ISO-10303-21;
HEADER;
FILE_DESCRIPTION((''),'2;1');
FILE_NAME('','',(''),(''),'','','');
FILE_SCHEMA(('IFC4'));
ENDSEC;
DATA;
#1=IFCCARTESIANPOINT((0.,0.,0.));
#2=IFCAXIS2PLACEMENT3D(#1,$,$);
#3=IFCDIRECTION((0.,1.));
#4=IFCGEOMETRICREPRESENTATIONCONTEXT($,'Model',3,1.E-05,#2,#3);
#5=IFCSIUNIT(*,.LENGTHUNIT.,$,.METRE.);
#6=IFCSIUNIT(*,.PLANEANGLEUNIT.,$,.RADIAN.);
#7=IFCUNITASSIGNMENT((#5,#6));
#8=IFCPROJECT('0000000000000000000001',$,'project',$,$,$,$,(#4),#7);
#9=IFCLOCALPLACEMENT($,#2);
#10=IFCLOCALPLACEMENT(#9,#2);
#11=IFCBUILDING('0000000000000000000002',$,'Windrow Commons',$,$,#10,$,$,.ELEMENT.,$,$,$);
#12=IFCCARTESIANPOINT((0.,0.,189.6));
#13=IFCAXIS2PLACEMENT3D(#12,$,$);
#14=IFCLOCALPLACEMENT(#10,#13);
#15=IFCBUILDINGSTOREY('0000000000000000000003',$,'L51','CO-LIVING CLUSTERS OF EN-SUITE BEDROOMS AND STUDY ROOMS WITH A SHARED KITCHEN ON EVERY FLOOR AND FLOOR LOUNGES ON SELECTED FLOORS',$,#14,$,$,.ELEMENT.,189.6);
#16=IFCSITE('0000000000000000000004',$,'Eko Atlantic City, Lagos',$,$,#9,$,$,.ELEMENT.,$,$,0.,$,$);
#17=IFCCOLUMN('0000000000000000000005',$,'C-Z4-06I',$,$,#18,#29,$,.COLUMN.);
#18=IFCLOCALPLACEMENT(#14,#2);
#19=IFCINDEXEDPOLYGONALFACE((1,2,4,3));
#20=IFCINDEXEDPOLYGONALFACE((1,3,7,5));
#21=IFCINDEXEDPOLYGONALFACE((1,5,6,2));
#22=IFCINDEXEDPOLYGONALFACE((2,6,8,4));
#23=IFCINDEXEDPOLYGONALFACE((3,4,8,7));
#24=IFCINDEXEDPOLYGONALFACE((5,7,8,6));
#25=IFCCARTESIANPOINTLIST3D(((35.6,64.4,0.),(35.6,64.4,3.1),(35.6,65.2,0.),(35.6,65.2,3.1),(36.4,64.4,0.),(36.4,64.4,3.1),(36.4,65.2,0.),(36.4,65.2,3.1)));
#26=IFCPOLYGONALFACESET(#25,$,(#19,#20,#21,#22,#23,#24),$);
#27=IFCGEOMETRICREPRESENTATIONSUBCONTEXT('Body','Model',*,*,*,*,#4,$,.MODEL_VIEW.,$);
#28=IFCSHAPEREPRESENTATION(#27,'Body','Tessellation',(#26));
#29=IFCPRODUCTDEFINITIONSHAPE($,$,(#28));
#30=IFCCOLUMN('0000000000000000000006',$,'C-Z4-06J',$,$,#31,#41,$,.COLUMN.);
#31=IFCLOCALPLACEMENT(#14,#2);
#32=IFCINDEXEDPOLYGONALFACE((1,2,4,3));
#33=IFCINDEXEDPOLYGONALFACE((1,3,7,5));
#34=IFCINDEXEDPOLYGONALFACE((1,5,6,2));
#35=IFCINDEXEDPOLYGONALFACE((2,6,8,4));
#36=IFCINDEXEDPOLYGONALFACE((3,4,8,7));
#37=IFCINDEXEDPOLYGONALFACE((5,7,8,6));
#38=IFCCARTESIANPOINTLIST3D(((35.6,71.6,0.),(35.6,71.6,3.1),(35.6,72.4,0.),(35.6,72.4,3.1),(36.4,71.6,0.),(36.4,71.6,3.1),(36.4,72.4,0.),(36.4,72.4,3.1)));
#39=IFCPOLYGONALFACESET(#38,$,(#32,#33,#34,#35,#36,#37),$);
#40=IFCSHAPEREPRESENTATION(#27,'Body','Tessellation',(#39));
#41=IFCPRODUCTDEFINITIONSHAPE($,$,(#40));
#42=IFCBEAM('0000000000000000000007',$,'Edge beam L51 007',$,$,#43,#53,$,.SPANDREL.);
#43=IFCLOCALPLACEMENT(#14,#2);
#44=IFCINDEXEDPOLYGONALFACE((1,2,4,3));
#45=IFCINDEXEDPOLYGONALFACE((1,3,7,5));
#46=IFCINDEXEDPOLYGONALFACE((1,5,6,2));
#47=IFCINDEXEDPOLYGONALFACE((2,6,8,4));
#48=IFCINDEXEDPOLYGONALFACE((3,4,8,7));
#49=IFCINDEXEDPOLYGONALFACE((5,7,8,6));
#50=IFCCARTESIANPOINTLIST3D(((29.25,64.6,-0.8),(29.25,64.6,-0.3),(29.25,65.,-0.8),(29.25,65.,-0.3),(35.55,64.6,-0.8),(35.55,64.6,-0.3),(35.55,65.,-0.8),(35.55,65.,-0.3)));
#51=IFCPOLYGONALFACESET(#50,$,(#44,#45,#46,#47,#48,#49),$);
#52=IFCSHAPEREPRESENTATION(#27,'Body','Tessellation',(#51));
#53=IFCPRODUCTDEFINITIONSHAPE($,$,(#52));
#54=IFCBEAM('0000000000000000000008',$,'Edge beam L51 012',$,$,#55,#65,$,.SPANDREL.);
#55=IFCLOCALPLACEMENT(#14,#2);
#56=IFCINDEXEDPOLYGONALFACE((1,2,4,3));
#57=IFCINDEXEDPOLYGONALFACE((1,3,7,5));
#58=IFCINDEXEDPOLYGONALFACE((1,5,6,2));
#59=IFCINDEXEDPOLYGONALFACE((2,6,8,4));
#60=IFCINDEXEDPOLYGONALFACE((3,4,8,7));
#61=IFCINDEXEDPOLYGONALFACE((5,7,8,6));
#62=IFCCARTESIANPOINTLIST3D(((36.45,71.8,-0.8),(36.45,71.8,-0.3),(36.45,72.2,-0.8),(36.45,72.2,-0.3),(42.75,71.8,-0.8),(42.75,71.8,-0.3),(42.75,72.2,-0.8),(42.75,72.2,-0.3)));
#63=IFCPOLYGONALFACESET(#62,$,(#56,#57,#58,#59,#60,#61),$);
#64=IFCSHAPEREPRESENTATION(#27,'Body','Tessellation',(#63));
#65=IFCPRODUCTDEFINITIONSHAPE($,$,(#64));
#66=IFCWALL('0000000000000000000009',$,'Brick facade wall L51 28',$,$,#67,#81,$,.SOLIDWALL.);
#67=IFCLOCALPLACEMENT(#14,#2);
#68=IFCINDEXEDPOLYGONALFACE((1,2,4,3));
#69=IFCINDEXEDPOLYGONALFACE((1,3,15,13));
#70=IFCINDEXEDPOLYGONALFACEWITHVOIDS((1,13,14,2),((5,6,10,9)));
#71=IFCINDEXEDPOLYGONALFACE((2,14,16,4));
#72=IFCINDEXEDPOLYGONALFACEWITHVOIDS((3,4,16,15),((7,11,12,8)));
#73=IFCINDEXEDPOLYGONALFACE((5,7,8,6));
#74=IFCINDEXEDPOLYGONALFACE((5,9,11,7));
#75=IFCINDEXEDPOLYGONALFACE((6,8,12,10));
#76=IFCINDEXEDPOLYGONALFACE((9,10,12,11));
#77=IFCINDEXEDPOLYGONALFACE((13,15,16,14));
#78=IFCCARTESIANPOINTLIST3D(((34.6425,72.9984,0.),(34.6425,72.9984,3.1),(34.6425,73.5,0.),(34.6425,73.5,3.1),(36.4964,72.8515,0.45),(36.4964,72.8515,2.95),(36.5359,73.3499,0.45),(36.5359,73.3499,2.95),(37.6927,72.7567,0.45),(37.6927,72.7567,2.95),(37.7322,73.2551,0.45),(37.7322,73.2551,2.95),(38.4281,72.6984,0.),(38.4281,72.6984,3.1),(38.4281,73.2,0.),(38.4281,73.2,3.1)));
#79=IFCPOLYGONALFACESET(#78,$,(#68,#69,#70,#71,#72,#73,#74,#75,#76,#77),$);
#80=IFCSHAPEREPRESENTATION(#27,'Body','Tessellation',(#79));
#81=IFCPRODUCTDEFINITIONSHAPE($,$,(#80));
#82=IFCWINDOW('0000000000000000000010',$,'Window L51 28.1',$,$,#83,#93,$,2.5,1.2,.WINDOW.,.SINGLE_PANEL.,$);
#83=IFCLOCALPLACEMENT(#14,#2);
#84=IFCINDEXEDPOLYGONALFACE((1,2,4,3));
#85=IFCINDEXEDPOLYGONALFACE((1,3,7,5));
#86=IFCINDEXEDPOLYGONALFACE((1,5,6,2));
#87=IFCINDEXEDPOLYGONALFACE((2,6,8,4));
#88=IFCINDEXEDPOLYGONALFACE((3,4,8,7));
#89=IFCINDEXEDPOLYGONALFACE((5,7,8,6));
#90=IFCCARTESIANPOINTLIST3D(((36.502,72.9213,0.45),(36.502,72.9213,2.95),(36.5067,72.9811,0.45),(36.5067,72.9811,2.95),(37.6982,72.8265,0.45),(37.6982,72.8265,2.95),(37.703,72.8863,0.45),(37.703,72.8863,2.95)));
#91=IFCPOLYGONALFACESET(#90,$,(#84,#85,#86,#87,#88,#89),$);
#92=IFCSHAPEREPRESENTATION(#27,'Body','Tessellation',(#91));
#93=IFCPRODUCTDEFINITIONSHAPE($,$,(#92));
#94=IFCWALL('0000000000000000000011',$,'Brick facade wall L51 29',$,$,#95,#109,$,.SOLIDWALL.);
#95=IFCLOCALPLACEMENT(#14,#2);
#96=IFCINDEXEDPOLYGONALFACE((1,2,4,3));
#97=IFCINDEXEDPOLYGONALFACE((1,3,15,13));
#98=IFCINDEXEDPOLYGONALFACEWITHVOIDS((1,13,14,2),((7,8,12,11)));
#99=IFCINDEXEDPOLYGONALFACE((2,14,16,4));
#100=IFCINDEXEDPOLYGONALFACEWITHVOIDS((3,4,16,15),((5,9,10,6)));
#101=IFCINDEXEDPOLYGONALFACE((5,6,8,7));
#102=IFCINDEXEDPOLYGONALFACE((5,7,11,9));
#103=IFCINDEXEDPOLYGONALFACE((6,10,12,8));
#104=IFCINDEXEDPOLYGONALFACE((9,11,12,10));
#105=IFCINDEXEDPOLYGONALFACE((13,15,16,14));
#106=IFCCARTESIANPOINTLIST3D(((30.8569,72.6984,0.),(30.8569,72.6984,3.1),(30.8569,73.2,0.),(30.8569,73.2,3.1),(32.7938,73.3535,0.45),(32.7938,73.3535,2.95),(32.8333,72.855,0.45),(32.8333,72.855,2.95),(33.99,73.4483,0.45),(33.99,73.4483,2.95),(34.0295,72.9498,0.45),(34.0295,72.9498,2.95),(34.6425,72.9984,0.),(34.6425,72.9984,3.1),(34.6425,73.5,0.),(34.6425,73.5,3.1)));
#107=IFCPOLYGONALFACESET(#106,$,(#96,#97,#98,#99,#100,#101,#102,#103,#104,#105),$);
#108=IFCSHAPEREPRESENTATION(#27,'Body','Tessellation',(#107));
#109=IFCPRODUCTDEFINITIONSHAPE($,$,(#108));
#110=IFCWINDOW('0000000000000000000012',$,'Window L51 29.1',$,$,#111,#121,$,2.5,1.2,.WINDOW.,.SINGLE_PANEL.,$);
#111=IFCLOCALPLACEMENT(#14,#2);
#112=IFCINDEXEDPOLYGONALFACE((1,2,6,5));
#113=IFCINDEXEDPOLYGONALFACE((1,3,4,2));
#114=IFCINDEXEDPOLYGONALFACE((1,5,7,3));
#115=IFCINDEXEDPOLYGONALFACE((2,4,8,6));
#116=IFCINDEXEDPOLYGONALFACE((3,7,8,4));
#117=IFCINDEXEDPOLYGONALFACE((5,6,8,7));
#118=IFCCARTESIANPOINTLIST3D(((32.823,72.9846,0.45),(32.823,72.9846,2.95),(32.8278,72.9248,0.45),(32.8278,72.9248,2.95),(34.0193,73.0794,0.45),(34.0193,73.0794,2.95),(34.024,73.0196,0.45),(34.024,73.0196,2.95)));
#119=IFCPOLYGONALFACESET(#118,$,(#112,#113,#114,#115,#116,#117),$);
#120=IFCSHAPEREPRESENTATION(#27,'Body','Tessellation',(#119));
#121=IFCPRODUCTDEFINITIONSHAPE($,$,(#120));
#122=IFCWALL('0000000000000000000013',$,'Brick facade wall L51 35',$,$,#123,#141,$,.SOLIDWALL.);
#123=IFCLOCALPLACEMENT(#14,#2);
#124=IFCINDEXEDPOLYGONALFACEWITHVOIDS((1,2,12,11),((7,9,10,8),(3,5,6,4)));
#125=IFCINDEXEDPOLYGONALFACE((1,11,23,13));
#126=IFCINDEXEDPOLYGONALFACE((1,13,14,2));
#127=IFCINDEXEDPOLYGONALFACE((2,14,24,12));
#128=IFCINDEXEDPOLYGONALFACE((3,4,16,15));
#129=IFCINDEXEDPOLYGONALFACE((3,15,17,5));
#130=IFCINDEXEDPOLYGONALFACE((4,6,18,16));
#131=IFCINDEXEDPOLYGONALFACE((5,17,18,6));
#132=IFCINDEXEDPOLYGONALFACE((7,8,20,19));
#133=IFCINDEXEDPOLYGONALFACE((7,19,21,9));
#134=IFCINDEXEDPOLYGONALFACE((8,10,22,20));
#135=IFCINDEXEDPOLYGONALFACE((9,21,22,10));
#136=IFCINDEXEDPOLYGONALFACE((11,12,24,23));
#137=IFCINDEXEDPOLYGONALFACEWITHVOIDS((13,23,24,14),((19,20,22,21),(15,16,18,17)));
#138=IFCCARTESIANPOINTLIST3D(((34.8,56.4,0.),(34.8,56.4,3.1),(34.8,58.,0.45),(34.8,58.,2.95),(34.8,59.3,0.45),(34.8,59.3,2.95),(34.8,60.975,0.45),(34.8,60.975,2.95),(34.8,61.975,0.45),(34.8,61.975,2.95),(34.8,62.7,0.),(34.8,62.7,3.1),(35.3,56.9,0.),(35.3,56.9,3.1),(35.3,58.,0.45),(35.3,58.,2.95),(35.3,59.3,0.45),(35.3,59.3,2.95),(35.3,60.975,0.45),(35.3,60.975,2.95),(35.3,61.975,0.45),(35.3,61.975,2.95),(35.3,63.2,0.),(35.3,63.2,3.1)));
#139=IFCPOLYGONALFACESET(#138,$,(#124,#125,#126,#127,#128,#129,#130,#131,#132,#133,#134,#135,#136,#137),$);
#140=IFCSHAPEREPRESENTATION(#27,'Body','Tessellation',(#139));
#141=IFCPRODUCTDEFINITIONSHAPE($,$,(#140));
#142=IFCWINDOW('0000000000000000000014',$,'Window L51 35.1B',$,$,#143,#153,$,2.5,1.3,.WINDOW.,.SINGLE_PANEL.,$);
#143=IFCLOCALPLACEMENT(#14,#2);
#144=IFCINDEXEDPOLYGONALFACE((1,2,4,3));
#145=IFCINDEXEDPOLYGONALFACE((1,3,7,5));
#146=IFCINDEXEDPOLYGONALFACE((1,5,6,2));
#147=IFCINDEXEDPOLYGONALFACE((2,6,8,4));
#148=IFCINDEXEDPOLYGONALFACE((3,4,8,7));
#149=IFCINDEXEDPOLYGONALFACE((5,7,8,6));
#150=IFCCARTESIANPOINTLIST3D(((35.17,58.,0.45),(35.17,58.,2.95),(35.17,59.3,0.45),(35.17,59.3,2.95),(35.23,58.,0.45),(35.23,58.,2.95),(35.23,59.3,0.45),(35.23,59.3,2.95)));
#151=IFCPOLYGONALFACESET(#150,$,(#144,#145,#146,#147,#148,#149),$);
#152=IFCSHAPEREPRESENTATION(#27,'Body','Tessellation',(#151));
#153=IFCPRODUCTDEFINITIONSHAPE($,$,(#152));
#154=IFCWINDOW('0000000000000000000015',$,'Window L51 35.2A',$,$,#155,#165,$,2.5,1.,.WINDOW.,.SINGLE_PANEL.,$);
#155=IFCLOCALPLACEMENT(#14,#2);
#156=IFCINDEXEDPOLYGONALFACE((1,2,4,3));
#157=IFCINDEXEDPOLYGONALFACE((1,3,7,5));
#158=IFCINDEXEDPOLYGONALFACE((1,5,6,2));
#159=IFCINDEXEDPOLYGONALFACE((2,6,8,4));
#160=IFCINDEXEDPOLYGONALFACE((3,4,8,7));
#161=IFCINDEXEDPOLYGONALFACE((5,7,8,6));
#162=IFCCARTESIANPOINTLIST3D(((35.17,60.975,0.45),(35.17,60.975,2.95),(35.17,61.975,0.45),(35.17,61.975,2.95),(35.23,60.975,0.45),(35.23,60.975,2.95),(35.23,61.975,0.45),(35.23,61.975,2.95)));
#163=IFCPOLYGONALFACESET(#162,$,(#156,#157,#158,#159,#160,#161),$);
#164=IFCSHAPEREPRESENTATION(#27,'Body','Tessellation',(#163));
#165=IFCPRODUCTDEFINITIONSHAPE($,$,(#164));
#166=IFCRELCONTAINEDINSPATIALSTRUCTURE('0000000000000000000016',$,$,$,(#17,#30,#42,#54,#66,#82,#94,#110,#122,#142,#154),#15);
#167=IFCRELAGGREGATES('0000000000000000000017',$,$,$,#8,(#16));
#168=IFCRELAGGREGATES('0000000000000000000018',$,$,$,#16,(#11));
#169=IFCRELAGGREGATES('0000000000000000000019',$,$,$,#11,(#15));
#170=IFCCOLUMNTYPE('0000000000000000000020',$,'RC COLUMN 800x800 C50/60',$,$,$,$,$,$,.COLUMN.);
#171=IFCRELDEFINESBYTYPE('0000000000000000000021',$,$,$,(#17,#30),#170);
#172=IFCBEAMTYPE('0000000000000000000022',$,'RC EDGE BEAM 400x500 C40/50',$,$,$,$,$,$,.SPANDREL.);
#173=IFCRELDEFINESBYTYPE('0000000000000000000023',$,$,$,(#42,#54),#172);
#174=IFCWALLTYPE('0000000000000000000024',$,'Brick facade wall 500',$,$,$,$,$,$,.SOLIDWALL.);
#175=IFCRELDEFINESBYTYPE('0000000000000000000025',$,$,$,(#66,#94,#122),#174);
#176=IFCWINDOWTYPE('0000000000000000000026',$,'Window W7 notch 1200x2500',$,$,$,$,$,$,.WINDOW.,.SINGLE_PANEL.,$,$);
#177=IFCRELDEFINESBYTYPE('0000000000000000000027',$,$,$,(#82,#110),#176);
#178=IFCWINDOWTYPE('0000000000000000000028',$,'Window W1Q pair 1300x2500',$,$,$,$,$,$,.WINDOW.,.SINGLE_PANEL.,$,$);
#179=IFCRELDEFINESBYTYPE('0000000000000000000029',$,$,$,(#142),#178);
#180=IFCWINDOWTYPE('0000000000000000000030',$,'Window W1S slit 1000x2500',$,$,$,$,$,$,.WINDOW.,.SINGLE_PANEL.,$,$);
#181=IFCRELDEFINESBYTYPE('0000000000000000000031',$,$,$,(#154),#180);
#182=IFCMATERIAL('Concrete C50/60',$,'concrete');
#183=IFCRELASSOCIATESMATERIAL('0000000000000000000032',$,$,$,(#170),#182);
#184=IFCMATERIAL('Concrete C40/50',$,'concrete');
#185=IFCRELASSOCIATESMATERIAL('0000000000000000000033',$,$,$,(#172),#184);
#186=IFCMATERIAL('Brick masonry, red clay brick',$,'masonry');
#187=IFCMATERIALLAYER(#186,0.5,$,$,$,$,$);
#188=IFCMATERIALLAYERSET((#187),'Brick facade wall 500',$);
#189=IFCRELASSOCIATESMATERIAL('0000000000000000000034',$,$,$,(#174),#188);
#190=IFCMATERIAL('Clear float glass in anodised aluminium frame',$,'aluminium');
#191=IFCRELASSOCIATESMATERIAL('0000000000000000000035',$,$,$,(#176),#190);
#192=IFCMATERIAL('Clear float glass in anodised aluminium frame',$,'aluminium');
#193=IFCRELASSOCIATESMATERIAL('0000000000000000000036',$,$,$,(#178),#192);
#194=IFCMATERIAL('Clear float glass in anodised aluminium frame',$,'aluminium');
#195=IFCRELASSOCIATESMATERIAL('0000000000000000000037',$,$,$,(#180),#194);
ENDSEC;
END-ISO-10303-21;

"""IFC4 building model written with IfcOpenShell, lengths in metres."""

from ifc_helpers import new_model, si_unit, direction, frame, frame_2d, origin, origin_2d, place, context, subcontext, project, spatial, polyline, rectangle, outline, extrude, material, layer, layer_set, material_profile, profile_set, type_object, element, fill, save


model = new_model("IFC4")

# Units and contexts
model_context = context("Model", 3, precision=1e-05, world=origin(), true_north=direction((0.0, 1.0)))
body_context = subcontext(model_context, "Body", "Model", "MODEL_VIEW")
ifc_project = project(units=[si_unit("LENGTHUNIT", "METRE"), si_unit("PLANEANGLEUNIT", "RADIAN")], contexts=[model_context])

# Site, building, storey
site_placement = place(None, origin())
site = spatial("IfcSite", under=ifc_project, at=site_placement, Name="Eko Atlantic City, Lagos", CompositionType="ELEMENT", RefElevation=0.0)
building_placement = place(site_placement, origin())
building = spatial("IfcBuilding", under=site, at=building_placement, Name="Windrow Commons", CompositionType="ELEMENT")
storey_placement = place(building_placement, frame((0.0, 0.0, 189.6)))
storey = spatial("IfcBuildingStorey", under=building, at=storey_placement, Name="L51", Description="CO-LIVING CLUSTERS OF EN-SUITE BEDROOMS AND STUDY ROOMS WITH A SHARED KITCHEN ON EVERY FLOOR AND FLOOR LOUNGES ON SELECTED FLOORS", CompositionType="ELEMENT", Elevation=189.6)

# Columns
ifc_material_1 = material(Name="Concrete C50/60", Category="concrete")
ifc_material_profile_1 = material_profile(ifc_material_1, rectangle(XDim=0.8, YDim=0.8, at=origin_2d()))
ifc_profile_set_1 = profile_set([ifc_material_profile_1], Name="Concrete C50/60")
column_type = type_object("IfcColumnType", Name="RC COLUMN 800x800 C50/60", PredefinedType="COLUMN", material=ifc_profile_set_1)
for number, where, z_axis, x_axis, name in (
    (1, (36.0, 64.8, 0.0), (0.0, 0.0, 1.0), (1.0, 0.0, 0.0), "C-Z4-06I"),
    (2, (36.0, 72.0, 0.0), (0.0, 0.0, 1.0), (1.0, 0.0, 0.0), "C-Z4-06J"),
):
    element("IfcColumn", number, at=place(storey_placement, frame(where, z_axis=z_axis, x_axis=x_axis)), inside=storey, type_object=column_type, Name=name, PredefinedType="COLUMN", context=body_context, shape_type="SweptSolid", body=[
        extrude(rectangle(XDim=0.8, YDim=0.8, at=origin_2d()), origin(), (0.0, 0.0, 1.0), 3.1),
    ])

# Beams
ifc_material_2 = material(Name="Concrete C40/50", Category="concrete")
ifc_material_profile_2 = material_profile(ifc_material_2, rectangle(XDim=0.4, YDim=0.5, at=origin_2d()))
ifc_profile_set_2 = profile_set([ifc_material_profile_2], Name="Concrete C40/50")
beam_type = type_object("IfcBeamType", Name="RC EDGE BEAM 400x500 C40/50", PredefinedType="SPANDREL", material=ifc_profile_set_2)
for number, where, z_axis, x_axis, name in (
    (3, (35.55, 64.8, -0.55), (-1.0, 0.0, 0.0), (0.0, -1.0, 0.0), "Edge beam L51 007"),
    (4, (36.45, 72.0, -0.55), (1.0, 0.0, 0.0), (0.0, 1.0, 0.0), "Edge beam L51 012"),
):
    element("IfcBeam", number, at=place(storey_placement, frame(where, z_axis=z_axis, x_axis=x_axis)), inside=storey, type_object=beam_type, Name=name, PredefinedType="SPANDREL", context=body_context, shape_type="SweptSolid", body=[
        extrude(rectangle(XDim=0.4, YDim=0.5, at=origin_2d()), origin(), (0.0, 0.0, 1.0), 6.3),
    ])

# Walls, openings, windows
ifc_material_3 = material(Name="Brick masonry, red clay brick", Category="masonry")
ifc_layer_1 = layer(ifc_material_3, 0.5)
ifc_layer_set_1 = layer_set([ifc_layer_1], Name="Brick facade wall 500")
wall_type_1 = type_object("IfcWallType", Name="Brick facade wall 500", PredefinedType="SOLIDWALL", material=ifc_layer_set_1)
wall_1_placement = place(storey_placement, frame((38.4281, 72.9492, 0.0), z_axis=(0.0, 0.0, 1.0), x_axis=(-0.996875, 0.079, 0.0)))
wall_1 = element("IfcWall", 5, at=wall_1_placement, inside=storey, type_object=wall_type_1, Name="Brick facade wall L51 28", PredefinedType="SOLIDWALL", context=body_context, shape_type="SweptSolid", body=[
    extrude(outline(polyline([(0.0198, -0.25), (3.8173, -0.25), (3.7777, 0.25), (-0.0198, 0.25), (0.0198, -0.25)])), origin(), (0.0, 0.0, 1.0), 3.1),
])
opening_1_placement = place(wall_1_placement, frame((0.7179, 0.0, 0.45)))
opening_1 = element("IfcOpeningElement", 6, at=opening_1_placement, cuts=wall_1, PredefinedType="OPENING", context=body_context, shape_type="SweptSolid", body=[
    extrude(rectangle(XDim=1.2, YDim=2.5, at=frame_2d((0.6, 1.25))), frame((0.0, 0.26, 0.0), z_axis=(0.0, -1.0, 0.0), x_axis=(1.0, 0.0, 0.0)), (0.0, 0.0, 1.0), 0.52),
])
ifc_material_4 = material(Name="Clear float glass in anodised aluminium frame", Category="aluminium")
window_type_1 = type_object("IfcWindowType", Name="Window W7 notch 1200x2500", PartitioningType="SINGLE_PANEL", PredefinedType="WINDOW", material=ifc_material_4)
window_1_placement = place(opening_1_placement, origin())
window_1 = element("IfcWindow", 7, at=window_1_placement, inside=storey, type_object=window_type_1, Name="Window L51 28.1", OverallHeight=2.5, OverallWidth=1.2, PartitioningType="SINGLE_PANEL", PredefinedType="WINDOW", context=body_context, shape_type="SweptSolid", body=[
    extrude(rectangle(XDim=1.2, YDim=2.5, at=frame_2d((0.6, 1.25))), frame((0.0, 0.18, 0.0), z_axis=(0.0, -1.0, 0.0), x_axis=(1.0, 0.0, 0.0)), (0.0, 0.0, 1.0), 0.06),
])
fill(opening_1, window_1)
wall_2_placement = place(storey_placement, frame((34.6425, 73.2492, 0.0), z_axis=(0.0, 0.0, 1.0), x_axis=(-0.996875, -0.079, 0.0)))
wall_2 = element("IfcWall", 8, at=wall_2_placement, inside=storey, type_object=wall_type_1, Name="Brick facade wall L51 29", PredefinedType="SOLIDWALL", context=body_context, shape_type="SweptSolid", body=[
    extrude(outline(polyline([(-0.0198, -0.25), (3.7777, -0.25), (3.8173, 0.25), (0.0198, 0.25), (-0.0198, -0.25)])), origin(), (0.0, 0.0, 1.0), 3.1),
])
opening_2_placement = place(wall_2_placement, frame((0.6347, 0.0, 0.45)))
opening_2 = element("IfcOpeningElement", 9, at=opening_2_placement, cuts=wall_2, PredefinedType="OPENING", context=body_context, shape_type="SweptSolid", body=[
    extrude(rectangle(XDim=1.2, YDim=2.5, at=frame_2d((0.6, 1.25))), frame((0.0, 0.26, 0.0), z_axis=(0.0, -1.0, 0.0), x_axis=(1.0, 0.0, 0.0)), (0.0, 0.0, 1.0), 0.52),
])
window_2_placement = place(opening_2_placement, origin())
window_2 = element("IfcWindow", 10, at=window_2_placement, inside=storey, type_object=window_type_1, Name="Window L51 29.1", OverallHeight=2.5, OverallWidth=1.2, PartitioningType="SINGLE_PANEL", PredefinedType="WINDOW", context=body_context, shape_type="SweptSolid", body=[
    extrude(rectangle(XDim=1.2, YDim=2.5, at=frame_2d((0.6, 1.25))), frame((0.0, 0.18, 0.0), z_axis=(0.0, -1.0, 0.0), x_axis=(1.0, 0.0, 0.0)), (0.0, 0.0, 1.0), 0.06),
])
fill(opening_2, window_2)

# Wall, openings, windows
wall_3_placement = place(storey_placement, frame((35.05, 62.95, 0.0), z_axis=(0.0, 0.0, 1.0), x_axis=(0.0, -1.0, 0.0)))
wall_3 = element("IfcWall", 11, at=wall_3_placement, inside=storey, type_object=wall_type_1, Name="Brick facade wall L51 35", PredefinedType="SOLIDWALL", context=body_context, shape_type="SweptSolid", body=[
    extrude(outline(polyline([(0.25, -0.25), (6.55, -0.25), (6.05, 0.25), (-0.25, 0.25), (0.25, -0.25)])), origin(), (0.0, 0.0, 1.0), 3.1),
])
opening_3_placement = place(wall_3_placement, frame((3.65, 0.0, 0.45)))
opening_3 = element("IfcOpeningElement", 12, at=opening_3_placement, cuts=wall_3, PredefinedType="OPENING", context=body_context, shape_type="SweptSolid", body=[
    extrude(rectangle(XDim=1.3, YDim=2.5, at=frame_2d((0.65, 1.25))), frame((0.0, 0.26, 0.0), z_axis=(0.0, -1.0, 0.0), x_axis=(1.0, 0.0, 0.0)), (0.0, 0.0, 1.0), 0.52),
])
opening_4_placement = place(wall_3_placement, frame((0.975, 0.0, 0.45)))
opening_4 = element("IfcOpeningElement", 13, at=opening_4_placement, cuts=wall_3, PredefinedType="OPENING", context=body_context, shape_type="SweptSolid", body=[
    extrude(rectangle(XDim=1.0, YDim=2.5, at=frame_2d((0.5, 1.25))), frame((0.0, 0.26, 0.0), z_axis=(0.0, -1.0, 0.0), x_axis=(1.0, 0.0, 0.0)), (0.0, 0.0, 1.0), 0.52),
])
ifc_material_5 = material(Name="Clear float glass in anodised aluminium frame", Category="aluminium")
window_type_2 = type_object("IfcWindowType", Name="Window W1Q pair 1300x2500", PartitioningType="SINGLE_PANEL", PredefinedType="WINDOW", material=ifc_material_5)
window_3_placement = place(opening_3_placement, origin())
window_3 = element("IfcWindow", 14, at=window_3_placement, inside=storey, type_object=window_type_2, Name="Window L51 35.1B", OverallHeight=2.5, OverallWidth=1.3, PartitioningType="SINGLE_PANEL", PredefinedType="WINDOW", context=body_context, shape_type="SweptSolid", body=[
    extrude(rectangle(XDim=1.3, YDim=2.5, at=frame_2d((0.65, 1.25))), frame((0.0, 0.18, 0.0), z_axis=(0.0, -1.0, 0.0), x_axis=(1.0, 0.0, 0.0)), (0.0, 0.0, 1.0), 0.06),
])
fill(opening_3, window_3)
ifc_material_6 = material(Name="Clear float glass in anodised aluminium frame", Category="aluminium")
window_type_3 = type_object("IfcWindowType", Name="Window W1S slit 1000x2500", PartitioningType="SINGLE_PANEL", PredefinedType="WINDOW", material=ifc_material_6)
window_4_placement = place(opening_4_placement, origin())
window_4 = element("IfcWindow", 15, at=window_4_placement, inside=storey, type_object=window_type_3, Name="Window L51 35.2A", OverallHeight=2.5, OverallWidth=1.0, PartitioningType="SINGLE_PANEL", PredefinedType="WINDOW", context=body_context, shape_type="SweptSolid", body=[
    extrude(rectangle(XDim=1.0, YDim=2.5, at=frame_2d((0.5, 1.25))), frame((0.0, 0.18, 0.0), z_axis=(0.0, -1.0, 0.0), x_axis=(1.0, 0.0, 0.0)), (0.0, 0.0, 1.0), 0.06),
])
fill(opening_4, window_4)

save(model, "model.ifc")
